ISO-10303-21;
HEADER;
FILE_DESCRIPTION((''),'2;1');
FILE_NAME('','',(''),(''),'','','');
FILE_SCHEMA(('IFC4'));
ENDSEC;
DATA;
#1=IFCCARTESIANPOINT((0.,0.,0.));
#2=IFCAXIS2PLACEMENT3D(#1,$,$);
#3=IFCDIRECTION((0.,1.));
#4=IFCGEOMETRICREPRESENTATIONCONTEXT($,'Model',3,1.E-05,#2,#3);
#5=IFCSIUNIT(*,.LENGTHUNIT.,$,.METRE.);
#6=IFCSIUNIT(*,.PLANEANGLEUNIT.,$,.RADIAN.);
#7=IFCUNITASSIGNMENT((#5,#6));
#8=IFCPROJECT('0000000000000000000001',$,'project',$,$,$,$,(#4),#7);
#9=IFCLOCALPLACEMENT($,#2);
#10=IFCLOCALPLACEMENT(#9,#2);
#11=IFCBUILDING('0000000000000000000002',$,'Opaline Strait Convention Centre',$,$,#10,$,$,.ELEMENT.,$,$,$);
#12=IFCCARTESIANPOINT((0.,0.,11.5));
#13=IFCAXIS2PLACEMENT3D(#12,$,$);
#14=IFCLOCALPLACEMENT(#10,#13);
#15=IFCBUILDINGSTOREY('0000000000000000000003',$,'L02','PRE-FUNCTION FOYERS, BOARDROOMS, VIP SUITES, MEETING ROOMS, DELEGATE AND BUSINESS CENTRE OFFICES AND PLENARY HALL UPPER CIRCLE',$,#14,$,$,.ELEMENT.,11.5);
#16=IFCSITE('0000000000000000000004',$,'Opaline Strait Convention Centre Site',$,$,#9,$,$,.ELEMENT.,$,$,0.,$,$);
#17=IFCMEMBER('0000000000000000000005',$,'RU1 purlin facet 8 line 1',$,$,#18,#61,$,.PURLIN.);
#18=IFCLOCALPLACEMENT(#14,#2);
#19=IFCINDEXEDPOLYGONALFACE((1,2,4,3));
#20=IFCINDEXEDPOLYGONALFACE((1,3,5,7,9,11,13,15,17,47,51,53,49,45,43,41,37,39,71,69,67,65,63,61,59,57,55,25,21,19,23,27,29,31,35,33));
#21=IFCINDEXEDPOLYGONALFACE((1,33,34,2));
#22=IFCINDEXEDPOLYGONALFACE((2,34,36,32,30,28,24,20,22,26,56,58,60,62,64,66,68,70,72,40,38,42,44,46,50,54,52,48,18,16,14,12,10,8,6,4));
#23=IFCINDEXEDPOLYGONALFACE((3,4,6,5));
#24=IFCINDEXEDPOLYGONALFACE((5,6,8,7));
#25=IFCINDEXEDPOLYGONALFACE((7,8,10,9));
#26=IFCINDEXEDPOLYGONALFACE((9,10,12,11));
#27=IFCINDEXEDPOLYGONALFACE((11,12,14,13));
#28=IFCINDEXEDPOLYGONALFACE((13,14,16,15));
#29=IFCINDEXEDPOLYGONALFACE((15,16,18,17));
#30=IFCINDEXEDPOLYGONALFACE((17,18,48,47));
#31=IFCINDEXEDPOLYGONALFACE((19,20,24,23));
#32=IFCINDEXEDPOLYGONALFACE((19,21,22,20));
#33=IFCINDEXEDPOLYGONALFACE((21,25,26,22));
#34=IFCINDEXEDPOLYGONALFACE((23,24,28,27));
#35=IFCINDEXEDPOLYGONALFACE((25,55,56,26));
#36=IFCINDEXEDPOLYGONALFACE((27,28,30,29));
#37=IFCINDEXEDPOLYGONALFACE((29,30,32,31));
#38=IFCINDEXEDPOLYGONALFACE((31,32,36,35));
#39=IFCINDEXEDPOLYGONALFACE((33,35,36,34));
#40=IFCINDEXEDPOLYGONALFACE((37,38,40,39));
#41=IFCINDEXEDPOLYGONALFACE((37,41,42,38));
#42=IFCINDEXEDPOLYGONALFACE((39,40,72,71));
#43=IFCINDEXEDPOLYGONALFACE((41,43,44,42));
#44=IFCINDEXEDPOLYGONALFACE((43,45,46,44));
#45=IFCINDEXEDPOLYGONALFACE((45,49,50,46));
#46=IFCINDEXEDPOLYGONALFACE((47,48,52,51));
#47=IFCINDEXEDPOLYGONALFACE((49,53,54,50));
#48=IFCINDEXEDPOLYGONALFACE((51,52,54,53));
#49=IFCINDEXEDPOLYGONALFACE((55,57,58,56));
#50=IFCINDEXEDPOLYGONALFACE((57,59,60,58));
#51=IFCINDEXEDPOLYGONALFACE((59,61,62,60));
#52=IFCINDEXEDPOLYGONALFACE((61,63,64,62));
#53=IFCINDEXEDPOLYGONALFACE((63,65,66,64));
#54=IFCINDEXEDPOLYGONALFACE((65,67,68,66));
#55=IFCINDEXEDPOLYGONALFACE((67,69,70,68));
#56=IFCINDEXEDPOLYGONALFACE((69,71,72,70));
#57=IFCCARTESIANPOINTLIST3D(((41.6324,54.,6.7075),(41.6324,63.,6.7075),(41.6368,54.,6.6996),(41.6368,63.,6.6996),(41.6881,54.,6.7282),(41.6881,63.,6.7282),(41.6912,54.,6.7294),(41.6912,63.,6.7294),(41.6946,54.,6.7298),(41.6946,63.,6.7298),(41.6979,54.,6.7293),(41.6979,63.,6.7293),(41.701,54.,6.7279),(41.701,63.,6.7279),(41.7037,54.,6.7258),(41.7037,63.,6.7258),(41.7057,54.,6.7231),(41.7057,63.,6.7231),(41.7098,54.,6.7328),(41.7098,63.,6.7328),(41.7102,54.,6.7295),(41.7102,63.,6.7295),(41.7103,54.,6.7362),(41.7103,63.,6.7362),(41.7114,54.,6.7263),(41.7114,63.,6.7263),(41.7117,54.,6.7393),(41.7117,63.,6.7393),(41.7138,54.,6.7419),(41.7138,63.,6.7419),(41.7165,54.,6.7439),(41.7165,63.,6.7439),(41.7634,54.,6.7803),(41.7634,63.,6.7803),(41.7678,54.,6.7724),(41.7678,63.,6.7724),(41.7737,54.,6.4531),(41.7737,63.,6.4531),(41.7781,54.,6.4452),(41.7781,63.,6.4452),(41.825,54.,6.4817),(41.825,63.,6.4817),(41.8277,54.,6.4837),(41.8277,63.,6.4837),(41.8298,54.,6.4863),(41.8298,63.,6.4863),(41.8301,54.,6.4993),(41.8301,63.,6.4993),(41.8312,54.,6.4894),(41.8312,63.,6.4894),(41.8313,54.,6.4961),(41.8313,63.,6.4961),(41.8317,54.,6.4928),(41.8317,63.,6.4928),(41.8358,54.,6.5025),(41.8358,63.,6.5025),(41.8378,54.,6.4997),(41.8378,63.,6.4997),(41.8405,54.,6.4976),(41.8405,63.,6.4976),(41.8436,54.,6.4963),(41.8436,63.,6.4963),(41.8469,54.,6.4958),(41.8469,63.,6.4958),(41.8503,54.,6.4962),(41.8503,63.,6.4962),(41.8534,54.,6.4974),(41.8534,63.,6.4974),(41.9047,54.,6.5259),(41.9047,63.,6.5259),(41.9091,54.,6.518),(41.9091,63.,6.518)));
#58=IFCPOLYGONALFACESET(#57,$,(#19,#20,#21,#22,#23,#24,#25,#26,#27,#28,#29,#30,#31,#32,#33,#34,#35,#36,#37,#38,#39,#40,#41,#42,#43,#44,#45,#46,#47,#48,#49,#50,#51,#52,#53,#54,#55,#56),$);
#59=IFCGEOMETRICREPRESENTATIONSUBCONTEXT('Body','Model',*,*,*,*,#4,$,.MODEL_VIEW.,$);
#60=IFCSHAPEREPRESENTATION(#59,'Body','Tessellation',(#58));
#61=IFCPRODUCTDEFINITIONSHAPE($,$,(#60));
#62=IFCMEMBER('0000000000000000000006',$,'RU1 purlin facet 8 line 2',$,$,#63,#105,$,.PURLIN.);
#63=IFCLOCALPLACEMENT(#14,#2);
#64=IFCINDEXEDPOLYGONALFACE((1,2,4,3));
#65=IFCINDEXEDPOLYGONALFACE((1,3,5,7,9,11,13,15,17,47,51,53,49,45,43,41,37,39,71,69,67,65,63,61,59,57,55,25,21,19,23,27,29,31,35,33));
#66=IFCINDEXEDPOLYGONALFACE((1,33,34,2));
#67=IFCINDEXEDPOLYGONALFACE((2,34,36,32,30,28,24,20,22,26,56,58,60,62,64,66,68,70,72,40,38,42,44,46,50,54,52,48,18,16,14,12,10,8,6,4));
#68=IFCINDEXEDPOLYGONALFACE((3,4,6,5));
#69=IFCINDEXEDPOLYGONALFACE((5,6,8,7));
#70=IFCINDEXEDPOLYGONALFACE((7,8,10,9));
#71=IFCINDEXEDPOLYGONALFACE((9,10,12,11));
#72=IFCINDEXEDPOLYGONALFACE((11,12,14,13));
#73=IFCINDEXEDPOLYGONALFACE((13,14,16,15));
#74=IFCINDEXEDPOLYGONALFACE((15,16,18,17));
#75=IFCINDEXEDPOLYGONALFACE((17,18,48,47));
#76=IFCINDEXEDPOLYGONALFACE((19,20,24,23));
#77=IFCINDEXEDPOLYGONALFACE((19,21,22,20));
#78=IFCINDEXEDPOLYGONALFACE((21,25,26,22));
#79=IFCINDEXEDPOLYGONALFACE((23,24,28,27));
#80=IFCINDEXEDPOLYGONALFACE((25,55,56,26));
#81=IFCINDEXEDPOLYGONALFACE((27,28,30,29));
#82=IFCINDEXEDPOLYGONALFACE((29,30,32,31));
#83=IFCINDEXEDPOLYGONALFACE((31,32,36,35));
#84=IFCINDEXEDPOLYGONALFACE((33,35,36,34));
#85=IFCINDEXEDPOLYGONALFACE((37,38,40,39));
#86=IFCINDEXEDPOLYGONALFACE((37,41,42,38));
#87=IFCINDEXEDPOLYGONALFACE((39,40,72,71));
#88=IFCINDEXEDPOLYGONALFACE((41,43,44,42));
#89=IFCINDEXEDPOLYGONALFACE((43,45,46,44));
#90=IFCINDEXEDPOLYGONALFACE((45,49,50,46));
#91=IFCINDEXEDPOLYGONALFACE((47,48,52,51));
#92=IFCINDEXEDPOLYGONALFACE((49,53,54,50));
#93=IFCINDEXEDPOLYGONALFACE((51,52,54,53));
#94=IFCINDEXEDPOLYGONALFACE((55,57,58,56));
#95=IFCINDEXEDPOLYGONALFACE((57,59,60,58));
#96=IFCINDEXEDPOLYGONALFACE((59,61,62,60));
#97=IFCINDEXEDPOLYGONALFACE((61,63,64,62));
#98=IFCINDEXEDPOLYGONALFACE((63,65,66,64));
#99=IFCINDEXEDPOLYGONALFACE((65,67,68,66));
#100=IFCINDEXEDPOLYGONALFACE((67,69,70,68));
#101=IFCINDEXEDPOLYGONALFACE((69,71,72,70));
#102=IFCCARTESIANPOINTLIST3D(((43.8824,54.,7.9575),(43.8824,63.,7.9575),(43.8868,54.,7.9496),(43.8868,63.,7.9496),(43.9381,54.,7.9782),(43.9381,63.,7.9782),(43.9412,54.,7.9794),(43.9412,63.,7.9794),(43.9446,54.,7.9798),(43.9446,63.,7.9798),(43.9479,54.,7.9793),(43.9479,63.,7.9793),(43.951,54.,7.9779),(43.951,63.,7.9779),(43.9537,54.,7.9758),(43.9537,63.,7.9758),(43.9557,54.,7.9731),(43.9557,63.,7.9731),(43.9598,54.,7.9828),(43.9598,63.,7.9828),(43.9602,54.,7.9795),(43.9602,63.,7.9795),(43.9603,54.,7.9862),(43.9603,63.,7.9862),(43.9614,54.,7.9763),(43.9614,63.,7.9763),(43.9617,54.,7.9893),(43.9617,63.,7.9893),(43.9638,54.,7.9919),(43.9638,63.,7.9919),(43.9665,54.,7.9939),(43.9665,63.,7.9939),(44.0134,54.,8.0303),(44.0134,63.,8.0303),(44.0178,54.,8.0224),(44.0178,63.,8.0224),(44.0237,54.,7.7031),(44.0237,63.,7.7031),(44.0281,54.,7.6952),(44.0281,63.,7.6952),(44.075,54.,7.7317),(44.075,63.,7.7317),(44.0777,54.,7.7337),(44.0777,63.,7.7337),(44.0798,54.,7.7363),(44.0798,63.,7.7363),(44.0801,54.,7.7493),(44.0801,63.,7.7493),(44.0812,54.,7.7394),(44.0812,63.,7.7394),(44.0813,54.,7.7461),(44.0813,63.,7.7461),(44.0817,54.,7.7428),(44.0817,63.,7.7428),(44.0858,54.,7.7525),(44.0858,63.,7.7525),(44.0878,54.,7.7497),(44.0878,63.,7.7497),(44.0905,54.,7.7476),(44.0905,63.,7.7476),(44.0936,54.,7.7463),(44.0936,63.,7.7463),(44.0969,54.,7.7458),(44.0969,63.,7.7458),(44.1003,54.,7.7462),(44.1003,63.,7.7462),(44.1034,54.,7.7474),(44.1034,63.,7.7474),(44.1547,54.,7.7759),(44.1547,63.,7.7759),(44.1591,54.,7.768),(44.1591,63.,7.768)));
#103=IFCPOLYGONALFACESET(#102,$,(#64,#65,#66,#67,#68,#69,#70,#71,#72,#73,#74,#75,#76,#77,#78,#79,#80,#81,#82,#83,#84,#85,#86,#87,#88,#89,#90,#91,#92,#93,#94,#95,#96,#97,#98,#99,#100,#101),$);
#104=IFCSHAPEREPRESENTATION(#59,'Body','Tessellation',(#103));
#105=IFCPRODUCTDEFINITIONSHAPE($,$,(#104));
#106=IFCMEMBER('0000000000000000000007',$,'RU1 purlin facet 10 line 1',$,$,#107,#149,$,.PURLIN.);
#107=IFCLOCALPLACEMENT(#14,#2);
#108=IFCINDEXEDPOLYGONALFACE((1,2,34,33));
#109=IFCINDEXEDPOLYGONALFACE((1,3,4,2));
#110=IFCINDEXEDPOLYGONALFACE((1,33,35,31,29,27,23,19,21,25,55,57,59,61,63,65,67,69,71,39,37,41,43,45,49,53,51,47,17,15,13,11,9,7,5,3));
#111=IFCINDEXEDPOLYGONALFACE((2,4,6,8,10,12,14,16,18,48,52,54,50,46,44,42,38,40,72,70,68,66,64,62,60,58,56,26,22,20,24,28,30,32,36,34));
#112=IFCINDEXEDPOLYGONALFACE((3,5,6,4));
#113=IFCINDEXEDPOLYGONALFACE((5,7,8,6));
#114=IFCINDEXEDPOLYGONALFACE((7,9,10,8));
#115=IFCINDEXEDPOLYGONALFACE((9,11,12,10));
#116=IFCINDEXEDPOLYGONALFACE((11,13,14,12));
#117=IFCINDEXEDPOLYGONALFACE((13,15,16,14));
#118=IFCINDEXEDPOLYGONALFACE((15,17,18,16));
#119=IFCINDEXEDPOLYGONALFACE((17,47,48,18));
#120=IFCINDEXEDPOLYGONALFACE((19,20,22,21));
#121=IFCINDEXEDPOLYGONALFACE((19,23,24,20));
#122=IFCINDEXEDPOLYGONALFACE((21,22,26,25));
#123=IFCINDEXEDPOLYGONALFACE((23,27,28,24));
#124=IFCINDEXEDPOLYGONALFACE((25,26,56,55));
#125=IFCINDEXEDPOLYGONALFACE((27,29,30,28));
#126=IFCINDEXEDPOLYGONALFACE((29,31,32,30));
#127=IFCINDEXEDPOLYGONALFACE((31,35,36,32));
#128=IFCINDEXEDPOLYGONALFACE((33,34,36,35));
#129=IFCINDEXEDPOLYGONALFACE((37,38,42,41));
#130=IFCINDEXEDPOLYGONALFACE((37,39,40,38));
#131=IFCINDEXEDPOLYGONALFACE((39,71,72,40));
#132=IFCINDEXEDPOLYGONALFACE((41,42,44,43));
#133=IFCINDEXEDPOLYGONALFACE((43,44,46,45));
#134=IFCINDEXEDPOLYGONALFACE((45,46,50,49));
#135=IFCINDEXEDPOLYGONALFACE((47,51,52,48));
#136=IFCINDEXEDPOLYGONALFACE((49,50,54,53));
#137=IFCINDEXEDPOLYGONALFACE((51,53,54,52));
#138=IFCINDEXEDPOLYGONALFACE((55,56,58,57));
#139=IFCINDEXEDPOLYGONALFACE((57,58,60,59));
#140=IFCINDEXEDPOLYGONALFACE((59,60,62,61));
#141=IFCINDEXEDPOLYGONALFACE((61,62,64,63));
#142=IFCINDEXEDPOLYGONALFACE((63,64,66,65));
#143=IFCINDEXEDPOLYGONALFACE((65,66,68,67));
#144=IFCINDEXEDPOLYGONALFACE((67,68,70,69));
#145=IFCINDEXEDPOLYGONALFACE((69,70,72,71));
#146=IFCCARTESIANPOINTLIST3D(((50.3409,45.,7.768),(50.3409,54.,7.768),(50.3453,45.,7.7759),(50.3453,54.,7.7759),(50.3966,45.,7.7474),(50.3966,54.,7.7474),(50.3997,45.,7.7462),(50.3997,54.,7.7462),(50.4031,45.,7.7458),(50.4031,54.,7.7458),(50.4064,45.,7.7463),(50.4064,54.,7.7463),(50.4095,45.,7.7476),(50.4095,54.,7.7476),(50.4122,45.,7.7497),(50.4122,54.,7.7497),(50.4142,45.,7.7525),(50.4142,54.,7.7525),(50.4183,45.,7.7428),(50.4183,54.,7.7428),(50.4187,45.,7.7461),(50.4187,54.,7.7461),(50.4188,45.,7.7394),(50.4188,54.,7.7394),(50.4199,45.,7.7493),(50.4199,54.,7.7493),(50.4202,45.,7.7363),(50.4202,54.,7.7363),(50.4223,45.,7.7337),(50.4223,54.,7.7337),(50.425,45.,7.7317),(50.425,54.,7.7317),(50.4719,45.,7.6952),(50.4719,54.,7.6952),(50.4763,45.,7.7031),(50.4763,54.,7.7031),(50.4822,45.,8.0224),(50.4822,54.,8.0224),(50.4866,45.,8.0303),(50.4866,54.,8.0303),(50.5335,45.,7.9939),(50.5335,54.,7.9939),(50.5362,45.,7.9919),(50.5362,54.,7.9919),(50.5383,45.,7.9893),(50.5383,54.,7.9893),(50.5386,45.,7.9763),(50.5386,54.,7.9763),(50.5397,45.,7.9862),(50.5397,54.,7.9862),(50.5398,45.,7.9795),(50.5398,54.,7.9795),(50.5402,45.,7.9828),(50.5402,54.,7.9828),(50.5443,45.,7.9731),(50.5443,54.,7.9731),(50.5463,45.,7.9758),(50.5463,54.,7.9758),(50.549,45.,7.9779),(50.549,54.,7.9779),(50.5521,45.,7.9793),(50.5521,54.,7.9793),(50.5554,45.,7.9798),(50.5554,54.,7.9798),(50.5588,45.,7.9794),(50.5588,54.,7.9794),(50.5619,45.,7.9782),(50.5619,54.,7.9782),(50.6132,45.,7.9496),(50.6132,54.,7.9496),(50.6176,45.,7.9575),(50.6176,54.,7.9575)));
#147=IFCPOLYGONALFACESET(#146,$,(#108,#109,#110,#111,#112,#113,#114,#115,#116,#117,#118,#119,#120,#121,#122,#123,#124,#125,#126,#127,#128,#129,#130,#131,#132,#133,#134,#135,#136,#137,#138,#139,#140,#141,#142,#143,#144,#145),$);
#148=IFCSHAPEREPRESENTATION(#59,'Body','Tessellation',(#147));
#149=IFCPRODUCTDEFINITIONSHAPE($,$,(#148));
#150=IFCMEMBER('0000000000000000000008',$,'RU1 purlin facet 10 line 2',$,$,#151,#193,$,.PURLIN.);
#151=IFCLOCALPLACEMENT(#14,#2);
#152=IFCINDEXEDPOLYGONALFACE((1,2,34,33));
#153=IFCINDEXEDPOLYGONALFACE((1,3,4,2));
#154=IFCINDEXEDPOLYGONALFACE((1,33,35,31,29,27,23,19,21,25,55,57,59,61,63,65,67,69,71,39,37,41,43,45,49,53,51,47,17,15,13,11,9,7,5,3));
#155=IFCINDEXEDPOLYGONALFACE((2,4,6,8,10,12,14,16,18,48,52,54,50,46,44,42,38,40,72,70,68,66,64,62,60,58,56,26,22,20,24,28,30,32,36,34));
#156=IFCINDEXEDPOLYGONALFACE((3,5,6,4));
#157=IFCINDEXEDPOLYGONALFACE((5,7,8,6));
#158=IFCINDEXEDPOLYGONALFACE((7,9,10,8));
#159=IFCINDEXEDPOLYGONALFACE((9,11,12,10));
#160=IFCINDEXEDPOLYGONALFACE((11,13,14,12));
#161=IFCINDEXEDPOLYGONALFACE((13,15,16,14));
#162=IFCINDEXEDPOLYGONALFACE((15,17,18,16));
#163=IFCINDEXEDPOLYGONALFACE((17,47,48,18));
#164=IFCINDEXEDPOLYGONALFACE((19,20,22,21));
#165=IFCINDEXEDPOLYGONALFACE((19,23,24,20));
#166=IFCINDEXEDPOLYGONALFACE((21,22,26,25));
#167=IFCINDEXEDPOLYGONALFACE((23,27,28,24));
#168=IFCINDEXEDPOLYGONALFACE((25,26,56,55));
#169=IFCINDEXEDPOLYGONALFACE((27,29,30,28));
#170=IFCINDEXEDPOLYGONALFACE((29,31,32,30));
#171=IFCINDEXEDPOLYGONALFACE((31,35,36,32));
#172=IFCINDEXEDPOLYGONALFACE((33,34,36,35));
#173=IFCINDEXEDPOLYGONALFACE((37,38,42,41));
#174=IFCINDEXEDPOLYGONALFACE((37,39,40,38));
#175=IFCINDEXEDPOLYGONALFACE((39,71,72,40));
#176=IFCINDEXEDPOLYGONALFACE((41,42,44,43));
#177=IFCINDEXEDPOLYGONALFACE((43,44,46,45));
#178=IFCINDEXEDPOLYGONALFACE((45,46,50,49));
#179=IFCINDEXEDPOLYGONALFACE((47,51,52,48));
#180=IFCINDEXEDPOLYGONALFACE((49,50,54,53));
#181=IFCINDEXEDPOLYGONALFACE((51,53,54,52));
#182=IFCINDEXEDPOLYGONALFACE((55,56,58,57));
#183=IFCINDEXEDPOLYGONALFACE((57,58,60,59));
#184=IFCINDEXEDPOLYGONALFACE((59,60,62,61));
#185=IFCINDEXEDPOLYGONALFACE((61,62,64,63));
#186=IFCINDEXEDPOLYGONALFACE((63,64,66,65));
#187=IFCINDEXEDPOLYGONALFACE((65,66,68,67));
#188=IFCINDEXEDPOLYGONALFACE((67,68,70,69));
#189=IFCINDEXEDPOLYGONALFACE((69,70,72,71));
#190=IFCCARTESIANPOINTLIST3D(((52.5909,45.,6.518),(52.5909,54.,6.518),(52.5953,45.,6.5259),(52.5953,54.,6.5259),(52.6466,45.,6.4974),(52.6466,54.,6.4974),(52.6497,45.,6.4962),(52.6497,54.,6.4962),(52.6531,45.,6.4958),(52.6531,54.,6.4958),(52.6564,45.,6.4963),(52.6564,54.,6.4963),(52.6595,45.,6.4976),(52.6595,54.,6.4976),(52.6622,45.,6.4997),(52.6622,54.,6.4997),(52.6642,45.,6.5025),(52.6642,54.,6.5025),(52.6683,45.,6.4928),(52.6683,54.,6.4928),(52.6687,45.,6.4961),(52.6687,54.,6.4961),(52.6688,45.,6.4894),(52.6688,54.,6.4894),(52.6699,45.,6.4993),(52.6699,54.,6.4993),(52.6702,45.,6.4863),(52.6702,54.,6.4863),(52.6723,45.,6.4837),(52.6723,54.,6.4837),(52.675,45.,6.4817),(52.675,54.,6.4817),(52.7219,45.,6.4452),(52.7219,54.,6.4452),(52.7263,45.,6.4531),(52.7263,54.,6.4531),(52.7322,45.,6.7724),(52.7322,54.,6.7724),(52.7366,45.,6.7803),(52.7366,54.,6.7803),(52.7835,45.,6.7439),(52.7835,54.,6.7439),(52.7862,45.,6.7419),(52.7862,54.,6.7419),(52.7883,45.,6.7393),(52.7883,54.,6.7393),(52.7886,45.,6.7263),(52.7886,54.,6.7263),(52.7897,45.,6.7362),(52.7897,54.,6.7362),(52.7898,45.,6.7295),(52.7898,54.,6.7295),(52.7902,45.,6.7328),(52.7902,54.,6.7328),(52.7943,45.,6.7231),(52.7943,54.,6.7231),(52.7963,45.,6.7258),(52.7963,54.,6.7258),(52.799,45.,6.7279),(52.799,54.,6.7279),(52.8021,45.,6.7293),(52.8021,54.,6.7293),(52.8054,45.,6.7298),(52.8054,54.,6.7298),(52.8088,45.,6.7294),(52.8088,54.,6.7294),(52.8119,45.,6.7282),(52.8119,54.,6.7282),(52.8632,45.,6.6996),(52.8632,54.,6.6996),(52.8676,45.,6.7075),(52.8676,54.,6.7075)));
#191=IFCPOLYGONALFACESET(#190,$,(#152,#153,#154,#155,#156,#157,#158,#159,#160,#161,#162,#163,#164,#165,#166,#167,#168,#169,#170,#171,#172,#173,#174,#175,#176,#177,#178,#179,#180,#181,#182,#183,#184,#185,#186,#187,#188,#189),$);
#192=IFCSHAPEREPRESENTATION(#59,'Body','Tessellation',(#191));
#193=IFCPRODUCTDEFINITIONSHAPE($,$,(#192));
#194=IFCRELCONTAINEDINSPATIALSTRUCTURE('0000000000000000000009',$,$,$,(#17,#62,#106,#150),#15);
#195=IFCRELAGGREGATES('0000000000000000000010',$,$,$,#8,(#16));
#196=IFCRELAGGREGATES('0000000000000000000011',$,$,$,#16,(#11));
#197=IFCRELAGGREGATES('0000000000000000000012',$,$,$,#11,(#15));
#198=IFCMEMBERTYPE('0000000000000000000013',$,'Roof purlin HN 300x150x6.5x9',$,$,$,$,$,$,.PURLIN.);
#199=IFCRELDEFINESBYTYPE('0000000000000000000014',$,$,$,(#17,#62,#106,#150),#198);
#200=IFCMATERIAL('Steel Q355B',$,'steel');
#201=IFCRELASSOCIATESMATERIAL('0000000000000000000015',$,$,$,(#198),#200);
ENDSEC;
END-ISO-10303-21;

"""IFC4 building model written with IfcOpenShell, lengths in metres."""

from ifc_helpers import new_model, si_unit, direction, frame, origin, origin_2d, place, context, subcontext, project, spatial, i_section, extrude, material, material_profile, profile_set, type_object, element, save


model = new_model("IFC4")

# Units and contexts
model_context = context("Model", 3, precision=1e-05, world=origin(), true_north=direction((0.0, 1.0)))
body_context = subcontext(model_context, "Body", "Model", "MODEL_VIEW")
ifc_project = project(units=[si_unit("LENGTHUNIT", "METRE"), si_unit("PLANEANGLEUNIT", "RADIAN")], contexts=[model_context])

# Site, building, storey
site_placement = place(None, origin())
site = spatial("IfcSite", under=ifc_project, at=site_placement, Name="Opaline Strait Convention Centre Site", CompositionType="ELEMENT", RefElevation=0.0)
building_placement = place(site_placement, origin())
building = spatial("IfcBuilding", under=site, at=building_placement, Name="Opaline Strait Convention Centre", CompositionType="ELEMENT")
storey_placement = place(building_placement, frame((0.0, 0.0, 11.5)))
storey = spatial("IfcBuildingStorey", under=building, at=storey_placement, Name="L02", Description="PRE-FUNCTION FOYERS, BOARDROOMS, VIP SUITES, MEETING ROOMS, DELEGATE AND BUSINESS CENTRE OFFICES AND PLENARY HALL UPPER CIRCLE", CompositionType="ELEMENT", Elevation=11.5)

# Members
ifc_material_1 = material(Name="Steel Q355B", Category="steel")
ifc_material_profile_1 = material_profile(ifc_material_1, i_section(OverallWidth=0.1499, OverallDepth=0.3, WebThickness=0.0066, FlangeThickness=0.009, FilletRadius=0.0129, at=origin_2d()), Name="HN 300x150x6.5x9")
ifc_profile_set_1 = profile_set([ifc_material_profile_1], Name="Steel Q355B")
member_type_1 = type_object("IfcMemberType", Name="Roof purlin HN 300x150x6.5x9", PredefinedType="PURLIN", material=ifc_profile_set_1)
for number, where, z_axis, x_axis, name in (
    (1, (41.7708, 54.0, 6.6128), (0.0, 1.0, 0.0), (-0.874157, 0.0, -0.485643), "RU1 purlin facet 8 line 1"),
    (2, (44.0208, 54.0, 7.8628), (0.0, 1.0, 0.0), (-0.874157, 0.0, -0.485643), "RU1 purlin facet 8 line 2"),
    (3, (50.4792, 45.0, 7.8628), (0.0, 1.0, 0.0), (-0.874157, 0.0, 0.485643), "RU1 purlin facet 10 line 1"),
    (4, (52.7292, 45.0, 6.6128), (0.0, 1.0, 0.0), (-0.874157, 0.0, 0.485643), "RU1 purlin facet 10 line 2"),
):
    element("IfcMember", number, at=place(storey_placement, frame(where, z_axis=z_axis, x_axis=x_axis)), inside=storey, type_object=member_type_1, Name=name, PredefinedType="PURLIN", context=body_context, shape_type="SweptSolid", body=[
        extrude(i_section(OverallWidth=0.1499, OverallDepth=0.3, WebThickness=0.0066, FlangeThickness=0.009, FilletRadius=0.0129, at=origin_2d()), origin(), (0.0, 0.0, 1.0), 9.0),
    ])

save(model, "model.ifc")
